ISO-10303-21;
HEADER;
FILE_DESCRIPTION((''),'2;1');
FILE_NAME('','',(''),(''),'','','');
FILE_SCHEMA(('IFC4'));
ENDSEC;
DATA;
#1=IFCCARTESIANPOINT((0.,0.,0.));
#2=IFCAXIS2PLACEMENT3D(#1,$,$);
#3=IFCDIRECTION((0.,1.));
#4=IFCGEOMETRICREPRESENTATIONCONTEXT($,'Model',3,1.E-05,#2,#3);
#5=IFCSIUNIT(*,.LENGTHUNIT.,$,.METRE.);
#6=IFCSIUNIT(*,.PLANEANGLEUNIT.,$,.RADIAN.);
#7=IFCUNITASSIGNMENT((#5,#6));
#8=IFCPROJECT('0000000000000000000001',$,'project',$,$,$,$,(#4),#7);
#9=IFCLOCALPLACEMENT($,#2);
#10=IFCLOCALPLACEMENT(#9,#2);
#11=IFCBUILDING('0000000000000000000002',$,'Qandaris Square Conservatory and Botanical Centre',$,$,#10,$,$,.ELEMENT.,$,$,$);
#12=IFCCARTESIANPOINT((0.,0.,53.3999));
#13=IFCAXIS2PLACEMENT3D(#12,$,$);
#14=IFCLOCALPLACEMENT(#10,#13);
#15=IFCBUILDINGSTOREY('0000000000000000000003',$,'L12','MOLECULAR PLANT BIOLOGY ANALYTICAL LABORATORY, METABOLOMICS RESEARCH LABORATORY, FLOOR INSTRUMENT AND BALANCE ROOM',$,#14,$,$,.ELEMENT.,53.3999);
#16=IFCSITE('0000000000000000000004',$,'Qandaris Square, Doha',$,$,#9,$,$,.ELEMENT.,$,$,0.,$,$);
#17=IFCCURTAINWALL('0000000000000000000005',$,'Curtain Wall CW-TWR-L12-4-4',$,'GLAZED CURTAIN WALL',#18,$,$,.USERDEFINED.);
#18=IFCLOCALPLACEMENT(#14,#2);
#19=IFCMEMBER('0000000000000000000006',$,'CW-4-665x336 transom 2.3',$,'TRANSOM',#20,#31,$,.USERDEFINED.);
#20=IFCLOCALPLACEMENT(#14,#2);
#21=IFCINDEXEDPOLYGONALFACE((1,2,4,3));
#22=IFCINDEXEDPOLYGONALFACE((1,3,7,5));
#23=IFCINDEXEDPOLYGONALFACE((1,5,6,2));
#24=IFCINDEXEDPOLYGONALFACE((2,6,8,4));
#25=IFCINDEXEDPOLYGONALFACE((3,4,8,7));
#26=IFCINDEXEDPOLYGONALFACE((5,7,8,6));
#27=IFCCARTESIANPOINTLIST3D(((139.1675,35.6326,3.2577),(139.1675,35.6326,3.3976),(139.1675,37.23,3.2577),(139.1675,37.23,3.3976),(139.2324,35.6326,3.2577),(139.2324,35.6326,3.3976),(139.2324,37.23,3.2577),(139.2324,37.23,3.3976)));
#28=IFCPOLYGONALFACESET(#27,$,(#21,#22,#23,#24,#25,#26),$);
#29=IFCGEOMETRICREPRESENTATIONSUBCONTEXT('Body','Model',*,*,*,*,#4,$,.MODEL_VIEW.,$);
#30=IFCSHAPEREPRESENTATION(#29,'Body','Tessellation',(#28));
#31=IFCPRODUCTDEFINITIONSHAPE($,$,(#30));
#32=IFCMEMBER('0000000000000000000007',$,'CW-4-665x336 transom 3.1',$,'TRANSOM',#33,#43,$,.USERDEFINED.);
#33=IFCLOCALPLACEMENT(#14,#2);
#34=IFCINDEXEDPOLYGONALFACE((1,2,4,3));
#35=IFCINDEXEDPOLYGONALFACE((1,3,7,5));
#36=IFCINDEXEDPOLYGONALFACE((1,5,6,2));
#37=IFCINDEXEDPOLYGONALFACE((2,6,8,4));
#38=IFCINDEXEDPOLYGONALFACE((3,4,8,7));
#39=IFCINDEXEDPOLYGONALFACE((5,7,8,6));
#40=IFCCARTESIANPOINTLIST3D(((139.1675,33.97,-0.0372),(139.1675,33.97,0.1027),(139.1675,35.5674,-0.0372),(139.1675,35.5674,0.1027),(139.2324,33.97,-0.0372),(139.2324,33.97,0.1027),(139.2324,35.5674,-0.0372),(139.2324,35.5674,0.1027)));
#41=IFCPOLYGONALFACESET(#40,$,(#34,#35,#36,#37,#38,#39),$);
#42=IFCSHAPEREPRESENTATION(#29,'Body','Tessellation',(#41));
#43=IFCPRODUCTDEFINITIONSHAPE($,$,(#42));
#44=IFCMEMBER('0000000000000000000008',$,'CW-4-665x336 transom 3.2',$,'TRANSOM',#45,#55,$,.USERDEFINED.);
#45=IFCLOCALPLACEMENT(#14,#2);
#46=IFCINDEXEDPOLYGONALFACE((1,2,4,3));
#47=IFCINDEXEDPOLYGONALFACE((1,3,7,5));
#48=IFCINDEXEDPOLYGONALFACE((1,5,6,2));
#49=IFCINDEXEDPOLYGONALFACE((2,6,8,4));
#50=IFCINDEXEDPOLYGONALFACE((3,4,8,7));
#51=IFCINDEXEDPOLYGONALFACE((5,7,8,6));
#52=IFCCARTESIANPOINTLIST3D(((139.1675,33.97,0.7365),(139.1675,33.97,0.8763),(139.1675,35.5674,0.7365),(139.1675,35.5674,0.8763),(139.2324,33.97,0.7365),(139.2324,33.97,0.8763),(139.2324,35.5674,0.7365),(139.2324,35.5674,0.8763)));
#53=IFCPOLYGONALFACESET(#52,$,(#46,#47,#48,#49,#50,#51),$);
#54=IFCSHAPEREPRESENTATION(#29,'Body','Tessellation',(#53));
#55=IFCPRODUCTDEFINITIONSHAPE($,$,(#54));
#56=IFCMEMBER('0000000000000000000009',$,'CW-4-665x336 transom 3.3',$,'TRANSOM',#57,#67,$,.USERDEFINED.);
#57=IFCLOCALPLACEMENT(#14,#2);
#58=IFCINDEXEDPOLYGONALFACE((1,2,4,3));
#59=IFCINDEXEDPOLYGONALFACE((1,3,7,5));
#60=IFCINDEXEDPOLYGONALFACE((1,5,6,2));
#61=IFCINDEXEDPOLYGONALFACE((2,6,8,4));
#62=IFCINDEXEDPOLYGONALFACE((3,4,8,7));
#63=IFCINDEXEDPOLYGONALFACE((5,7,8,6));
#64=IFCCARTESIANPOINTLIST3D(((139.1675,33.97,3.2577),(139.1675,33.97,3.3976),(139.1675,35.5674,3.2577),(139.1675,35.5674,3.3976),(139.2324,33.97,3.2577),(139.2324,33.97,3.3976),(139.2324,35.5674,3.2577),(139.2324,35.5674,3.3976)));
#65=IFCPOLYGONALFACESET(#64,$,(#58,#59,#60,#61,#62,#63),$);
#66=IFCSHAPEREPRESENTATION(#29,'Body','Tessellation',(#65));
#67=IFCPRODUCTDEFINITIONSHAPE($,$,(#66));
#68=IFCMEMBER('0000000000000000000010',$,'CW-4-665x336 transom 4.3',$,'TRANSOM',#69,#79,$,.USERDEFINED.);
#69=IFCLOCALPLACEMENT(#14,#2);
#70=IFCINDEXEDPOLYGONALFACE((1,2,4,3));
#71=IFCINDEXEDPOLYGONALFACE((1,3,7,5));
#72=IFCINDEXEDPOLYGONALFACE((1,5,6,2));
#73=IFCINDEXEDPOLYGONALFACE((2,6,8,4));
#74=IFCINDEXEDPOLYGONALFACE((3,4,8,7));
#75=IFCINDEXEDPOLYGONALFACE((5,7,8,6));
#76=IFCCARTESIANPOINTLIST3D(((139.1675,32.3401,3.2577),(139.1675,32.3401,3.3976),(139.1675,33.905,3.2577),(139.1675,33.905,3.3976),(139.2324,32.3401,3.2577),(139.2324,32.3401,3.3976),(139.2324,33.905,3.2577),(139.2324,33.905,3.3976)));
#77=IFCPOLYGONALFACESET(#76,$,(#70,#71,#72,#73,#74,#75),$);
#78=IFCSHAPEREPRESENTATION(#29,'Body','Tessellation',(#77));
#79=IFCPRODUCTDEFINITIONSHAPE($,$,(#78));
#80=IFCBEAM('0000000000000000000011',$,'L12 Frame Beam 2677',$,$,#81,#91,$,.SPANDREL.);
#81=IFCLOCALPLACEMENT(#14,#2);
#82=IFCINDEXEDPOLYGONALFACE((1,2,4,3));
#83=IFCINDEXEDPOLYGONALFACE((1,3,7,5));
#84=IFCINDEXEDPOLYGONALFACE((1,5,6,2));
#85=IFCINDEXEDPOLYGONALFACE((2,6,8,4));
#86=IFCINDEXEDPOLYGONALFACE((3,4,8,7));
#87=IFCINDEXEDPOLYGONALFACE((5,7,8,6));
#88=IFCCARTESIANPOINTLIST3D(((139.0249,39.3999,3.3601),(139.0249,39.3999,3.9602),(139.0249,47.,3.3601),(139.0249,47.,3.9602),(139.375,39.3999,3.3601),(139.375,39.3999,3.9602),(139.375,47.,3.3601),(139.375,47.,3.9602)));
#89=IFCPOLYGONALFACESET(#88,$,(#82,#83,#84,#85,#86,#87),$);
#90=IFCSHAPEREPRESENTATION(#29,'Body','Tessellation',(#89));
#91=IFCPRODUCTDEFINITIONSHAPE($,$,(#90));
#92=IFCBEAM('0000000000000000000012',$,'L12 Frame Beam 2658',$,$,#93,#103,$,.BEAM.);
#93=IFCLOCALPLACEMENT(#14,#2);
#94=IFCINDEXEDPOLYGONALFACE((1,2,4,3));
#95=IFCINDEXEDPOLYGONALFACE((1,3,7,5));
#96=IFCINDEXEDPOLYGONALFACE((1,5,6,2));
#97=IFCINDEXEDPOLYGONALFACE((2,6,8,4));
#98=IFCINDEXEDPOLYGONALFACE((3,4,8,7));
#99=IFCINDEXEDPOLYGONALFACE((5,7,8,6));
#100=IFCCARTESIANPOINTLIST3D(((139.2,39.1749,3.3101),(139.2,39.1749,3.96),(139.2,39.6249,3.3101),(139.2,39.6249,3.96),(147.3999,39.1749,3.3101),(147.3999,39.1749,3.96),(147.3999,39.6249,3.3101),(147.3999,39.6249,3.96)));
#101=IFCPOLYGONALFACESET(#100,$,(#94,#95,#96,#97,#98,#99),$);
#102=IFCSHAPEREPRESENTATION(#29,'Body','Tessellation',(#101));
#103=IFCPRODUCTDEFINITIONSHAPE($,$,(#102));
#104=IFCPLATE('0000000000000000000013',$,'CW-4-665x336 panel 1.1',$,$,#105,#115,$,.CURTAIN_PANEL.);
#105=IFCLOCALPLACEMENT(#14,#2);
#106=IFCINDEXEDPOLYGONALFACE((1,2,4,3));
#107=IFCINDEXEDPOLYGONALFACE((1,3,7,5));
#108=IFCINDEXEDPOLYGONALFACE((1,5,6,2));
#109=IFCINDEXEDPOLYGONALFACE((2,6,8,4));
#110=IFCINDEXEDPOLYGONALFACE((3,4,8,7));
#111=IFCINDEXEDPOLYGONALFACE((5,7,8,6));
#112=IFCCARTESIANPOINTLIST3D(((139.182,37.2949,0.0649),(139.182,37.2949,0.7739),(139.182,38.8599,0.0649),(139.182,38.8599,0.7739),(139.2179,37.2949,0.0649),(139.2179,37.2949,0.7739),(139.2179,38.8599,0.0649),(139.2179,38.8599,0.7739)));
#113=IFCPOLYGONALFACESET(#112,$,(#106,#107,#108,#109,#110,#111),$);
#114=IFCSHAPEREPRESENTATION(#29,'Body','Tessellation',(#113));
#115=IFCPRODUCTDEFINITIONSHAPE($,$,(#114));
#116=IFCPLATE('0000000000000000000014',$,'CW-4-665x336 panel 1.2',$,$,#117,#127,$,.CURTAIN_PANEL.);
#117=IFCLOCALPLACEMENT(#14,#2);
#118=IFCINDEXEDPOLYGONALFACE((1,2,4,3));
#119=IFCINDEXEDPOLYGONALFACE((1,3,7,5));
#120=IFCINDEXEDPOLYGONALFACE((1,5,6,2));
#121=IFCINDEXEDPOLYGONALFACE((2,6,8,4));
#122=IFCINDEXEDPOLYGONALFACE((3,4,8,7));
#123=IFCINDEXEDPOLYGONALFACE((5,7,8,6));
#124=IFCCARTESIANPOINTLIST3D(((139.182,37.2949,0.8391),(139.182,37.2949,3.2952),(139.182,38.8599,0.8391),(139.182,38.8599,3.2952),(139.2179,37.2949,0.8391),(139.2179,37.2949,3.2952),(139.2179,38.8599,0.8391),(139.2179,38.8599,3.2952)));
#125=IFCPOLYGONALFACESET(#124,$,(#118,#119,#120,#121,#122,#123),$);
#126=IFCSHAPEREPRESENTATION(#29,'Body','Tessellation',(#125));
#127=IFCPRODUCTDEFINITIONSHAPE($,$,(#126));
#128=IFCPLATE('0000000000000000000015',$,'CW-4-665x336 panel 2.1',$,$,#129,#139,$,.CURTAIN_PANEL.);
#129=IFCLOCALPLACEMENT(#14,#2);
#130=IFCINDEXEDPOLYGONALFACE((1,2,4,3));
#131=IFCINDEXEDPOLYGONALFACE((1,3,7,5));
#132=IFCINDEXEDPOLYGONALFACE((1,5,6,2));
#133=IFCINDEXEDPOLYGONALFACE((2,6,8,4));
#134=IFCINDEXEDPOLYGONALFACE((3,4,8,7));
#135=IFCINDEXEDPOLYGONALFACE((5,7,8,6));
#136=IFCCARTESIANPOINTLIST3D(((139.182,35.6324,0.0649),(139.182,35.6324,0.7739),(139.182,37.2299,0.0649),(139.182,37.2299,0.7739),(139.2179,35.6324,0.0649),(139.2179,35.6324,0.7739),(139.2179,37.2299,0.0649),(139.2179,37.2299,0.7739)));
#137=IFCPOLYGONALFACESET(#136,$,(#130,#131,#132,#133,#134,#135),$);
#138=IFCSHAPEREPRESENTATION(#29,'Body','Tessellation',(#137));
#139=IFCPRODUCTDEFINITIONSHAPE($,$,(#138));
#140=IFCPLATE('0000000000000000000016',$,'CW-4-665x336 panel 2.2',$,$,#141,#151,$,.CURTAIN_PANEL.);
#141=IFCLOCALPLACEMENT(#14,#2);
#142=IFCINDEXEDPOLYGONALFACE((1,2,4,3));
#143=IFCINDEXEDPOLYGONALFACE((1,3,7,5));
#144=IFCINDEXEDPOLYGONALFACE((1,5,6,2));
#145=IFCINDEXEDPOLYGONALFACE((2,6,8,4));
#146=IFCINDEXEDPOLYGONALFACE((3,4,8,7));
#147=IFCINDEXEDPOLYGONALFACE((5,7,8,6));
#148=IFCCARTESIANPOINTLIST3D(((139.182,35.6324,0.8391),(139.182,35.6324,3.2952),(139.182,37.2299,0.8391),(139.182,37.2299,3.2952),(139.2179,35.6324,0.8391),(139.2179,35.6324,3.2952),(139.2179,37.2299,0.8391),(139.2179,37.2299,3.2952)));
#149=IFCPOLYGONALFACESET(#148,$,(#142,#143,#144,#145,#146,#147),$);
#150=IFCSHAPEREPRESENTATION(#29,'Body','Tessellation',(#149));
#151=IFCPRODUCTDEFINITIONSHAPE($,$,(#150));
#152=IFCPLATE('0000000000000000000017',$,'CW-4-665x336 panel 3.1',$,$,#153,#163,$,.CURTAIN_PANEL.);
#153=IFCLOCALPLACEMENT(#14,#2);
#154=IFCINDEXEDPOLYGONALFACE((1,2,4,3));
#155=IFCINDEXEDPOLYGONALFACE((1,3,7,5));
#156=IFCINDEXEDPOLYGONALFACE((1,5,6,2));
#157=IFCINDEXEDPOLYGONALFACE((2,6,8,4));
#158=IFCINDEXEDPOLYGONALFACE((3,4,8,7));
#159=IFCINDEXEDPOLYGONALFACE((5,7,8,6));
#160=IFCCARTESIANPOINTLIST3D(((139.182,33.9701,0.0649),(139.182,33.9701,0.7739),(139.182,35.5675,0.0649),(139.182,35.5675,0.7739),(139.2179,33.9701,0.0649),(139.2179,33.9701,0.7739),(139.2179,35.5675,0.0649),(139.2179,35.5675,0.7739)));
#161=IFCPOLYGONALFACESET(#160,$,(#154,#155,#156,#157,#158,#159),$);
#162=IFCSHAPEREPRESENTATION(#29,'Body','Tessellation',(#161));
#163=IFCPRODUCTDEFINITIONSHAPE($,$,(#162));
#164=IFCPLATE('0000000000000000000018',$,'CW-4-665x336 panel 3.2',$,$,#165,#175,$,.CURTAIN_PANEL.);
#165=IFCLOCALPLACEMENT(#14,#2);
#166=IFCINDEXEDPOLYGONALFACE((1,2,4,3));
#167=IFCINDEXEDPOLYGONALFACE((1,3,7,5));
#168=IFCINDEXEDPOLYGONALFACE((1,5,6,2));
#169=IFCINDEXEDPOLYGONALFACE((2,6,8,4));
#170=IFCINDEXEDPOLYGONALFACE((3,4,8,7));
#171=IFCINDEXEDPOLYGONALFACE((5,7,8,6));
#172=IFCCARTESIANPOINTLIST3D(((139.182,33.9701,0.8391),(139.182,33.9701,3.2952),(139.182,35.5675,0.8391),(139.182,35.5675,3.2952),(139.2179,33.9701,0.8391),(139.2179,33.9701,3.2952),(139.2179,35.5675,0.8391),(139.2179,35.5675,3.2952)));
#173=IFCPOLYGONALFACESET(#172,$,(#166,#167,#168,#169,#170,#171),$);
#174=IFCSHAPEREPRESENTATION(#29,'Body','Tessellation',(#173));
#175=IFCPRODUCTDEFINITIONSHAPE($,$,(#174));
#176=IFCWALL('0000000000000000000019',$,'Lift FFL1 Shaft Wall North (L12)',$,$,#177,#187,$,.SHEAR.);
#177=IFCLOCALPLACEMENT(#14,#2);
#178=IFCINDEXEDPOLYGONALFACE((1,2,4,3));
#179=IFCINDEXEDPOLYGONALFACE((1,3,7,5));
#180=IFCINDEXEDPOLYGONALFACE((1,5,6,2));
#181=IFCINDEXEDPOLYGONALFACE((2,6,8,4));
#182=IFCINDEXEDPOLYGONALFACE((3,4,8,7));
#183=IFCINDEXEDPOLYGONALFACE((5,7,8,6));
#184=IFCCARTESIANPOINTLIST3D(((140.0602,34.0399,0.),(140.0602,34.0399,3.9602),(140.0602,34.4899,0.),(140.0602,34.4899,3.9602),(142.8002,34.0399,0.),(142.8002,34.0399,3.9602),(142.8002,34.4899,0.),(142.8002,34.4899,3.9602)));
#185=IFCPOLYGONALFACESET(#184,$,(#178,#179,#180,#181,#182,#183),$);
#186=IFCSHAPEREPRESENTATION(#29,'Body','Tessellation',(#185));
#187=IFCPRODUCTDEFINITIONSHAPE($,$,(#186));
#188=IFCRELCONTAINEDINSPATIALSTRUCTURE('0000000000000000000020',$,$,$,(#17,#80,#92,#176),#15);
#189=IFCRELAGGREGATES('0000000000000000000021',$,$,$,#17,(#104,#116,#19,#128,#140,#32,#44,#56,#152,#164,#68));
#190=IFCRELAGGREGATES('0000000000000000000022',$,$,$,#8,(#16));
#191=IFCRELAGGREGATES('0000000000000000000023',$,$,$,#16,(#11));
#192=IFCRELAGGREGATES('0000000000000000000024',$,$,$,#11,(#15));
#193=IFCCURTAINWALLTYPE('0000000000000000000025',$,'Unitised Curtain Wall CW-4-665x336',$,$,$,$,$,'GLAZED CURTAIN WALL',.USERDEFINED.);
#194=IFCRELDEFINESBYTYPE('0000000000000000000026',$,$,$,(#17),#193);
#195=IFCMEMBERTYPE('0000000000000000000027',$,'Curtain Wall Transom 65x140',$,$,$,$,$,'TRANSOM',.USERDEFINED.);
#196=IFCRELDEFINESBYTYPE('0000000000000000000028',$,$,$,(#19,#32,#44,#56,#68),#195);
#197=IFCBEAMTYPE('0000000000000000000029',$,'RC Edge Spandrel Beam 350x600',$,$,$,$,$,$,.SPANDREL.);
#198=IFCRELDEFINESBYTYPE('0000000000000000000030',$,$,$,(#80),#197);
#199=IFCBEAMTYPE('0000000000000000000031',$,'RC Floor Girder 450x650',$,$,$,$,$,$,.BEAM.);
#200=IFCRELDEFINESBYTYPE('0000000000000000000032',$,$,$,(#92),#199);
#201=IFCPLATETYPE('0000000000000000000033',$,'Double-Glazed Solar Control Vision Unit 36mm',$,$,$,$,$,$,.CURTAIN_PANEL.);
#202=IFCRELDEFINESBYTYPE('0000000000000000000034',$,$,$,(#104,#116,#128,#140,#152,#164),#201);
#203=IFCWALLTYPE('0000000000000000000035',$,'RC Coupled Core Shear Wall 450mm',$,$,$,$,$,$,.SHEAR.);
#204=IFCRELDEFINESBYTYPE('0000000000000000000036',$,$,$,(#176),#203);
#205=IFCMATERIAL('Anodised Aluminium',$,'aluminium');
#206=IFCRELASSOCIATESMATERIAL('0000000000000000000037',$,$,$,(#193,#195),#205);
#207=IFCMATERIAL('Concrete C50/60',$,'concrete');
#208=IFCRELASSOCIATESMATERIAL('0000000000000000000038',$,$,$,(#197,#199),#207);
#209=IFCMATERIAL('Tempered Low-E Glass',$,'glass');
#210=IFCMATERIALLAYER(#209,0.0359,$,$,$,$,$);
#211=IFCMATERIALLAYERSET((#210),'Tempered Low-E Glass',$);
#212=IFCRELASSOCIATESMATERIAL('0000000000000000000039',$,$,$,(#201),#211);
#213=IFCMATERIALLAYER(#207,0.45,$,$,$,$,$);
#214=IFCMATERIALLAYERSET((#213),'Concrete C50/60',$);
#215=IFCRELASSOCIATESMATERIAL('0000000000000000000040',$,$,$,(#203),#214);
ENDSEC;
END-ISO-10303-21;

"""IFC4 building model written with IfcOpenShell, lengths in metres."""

from ifc_helpers import new_model, si_unit, direction, frame, frame_2d, origin, origin_2d, place, context, subcontext, project, spatial, rectangle, extrude, material, layer, layer_set, material_profile, profile_set, type_object, element, aggregate, save


model = new_model("IFC4")

# Units and contexts
model_context = context("Model", 3, precision=1e-05, world=origin(), true_north=direction((0.0, 1.0)))
body_context = subcontext(model_context, "Body", "Model", "MODEL_VIEW")
ifc_project = project(units=[si_unit("LENGTHUNIT", "METRE"), si_unit("PLANEANGLEUNIT", "RADIAN")], contexts=[model_context])

# Site, building, storey
site_placement = place(None, origin())
site = spatial("IfcSite", under=ifc_project, at=site_placement, Name="Qandaris Square, Doha", CompositionType="ELEMENT", RefElevation=0.0)
building_placement = place(site_placement, origin())
building = spatial("IfcBuilding", under=site, at=building_placement, Name="Qandaris Square Conservatory and Botanical Centre", CompositionType="ELEMENT")
storey_placement = place(building_placement, frame((0.0, 0.0, 53.3999)))
storey = spatial("IfcBuildingStorey", under=building, at=storey_placement, Name="L12", Description="MOLECULAR PLANT BIOLOGY ANALYTICAL LABORATORY, METABOLOMICS RESEARCH LABORATORY, FLOOR INSTRUMENT AND BALANCE ROOM", CompositionType="ELEMENT", Elevation=53.3999)

# Shared definitions
ifc_material_1 = material(Name="Concrete C50/60", Category="concrete")

# Curtain wall, members
ifc_material_2 = material(Name="Anodised Aluminium", Category="aluminium")
curtain_wall_type = type_object("IfcCurtainWallType", Name="Unitised Curtain Wall CW-4-665x336", ElementType="GLAZED CURTAIN WALL", PredefinedType="USERDEFINED", material=ifc_material_2)
curtain_wall_placement = place(storey_placement, origin())
curtain_wall = element("IfcCurtainWall", 1, at=curtain_wall_placement, inside=storey, type_object=curtain_wall_type, Name="Curtain Wall CW-TWR-L12-4-4", ObjectType="GLAZED CURTAIN WALL", PredefinedType="USERDEFINED")
ifc_material_profile_1 = material_profile(ifc_material_2, rectangle(XDim=0.0649, YDim=0.1399, at=origin_2d()), Name="ALU-TRN 65x140")
ifc_profile_set_1 = profile_set([ifc_material_profile_1], Name="Anodised Aluminium")
member_type_1 = type_object("IfcMemberType", Name="Curtain Wall Transom 65x140", ElementType="TRANSOM", PredefinedType="USERDEFINED", material=ifc_profile_set_1)
member_1_placement = place(storey_placement, frame((139.2, 37.23, 3.3276), z_axis=(0.0, -1.0, 0.0), x_axis=(1.0, 0.0, 0.0)))
member_1 = element("IfcMember", 2, at=member_1_placement, type_object=member_type_1, Name="CW-4-665x336 transom 2.3", ObjectType="TRANSOM", PredefinedType="USERDEFINED", context=body_context, shape_type="SweptSolid", body=[
    extrude(rectangle(XDim=0.0649, YDim=0.1399, at=origin_2d()), origin(), (0.0, 0.0, 1.0), 1.5974),
])
member_2_placement = place(storey_placement, frame((139.2, 35.5674, 0.0327), z_axis=(0.0, -1.0, 0.0), x_axis=(1.0, 0.0, 0.0)))
member_2 = element("IfcMember", 3, at=member_2_placement, type_object=member_type_1, Name="CW-4-665x336 transom 3.1", ObjectType="TRANSOM", PredefinedType="USERDEFINED", context=body_context, shape_type="SweptSolid", body=[
    extrude(rectangle(XDim=0.0649, YDim=0.1399, at=origin_2d()), origin(), (0.0, 0.0, 1.0), 1.5974),
])
member_3_placement = place(storey_placement, frame((139.2, 35.5674, 0.8064), z_axis=(0.0, -1.0, 0.0), x_axis=(1.0, 0.0, 0.0)))
member_3 = element("IfcMember", 4, at=member_3_placement, type_object=member_type_1, Name="CW-4-665x336 transom 3.2", ObjectType="TRANSOM", PredefinedType="USERDEFINED", context=body_context, shape_type="SweptSolid", body=[
    extrude(rectangle(XDim=0.0649, YDim=0.1399, at=origin_2d()), origin(), (0.0, 0.0, 1.0), 1.5974),
])
member_4_placement = place(storey_placement, frame((139.2, 35.5674, 3.3276), z_axis=(0.0, -1.0, 0.0), x_axis=(1.0, 0.0, 0.0)))
member_4 = element("IfcMember", 5, at=member_4_placement, type_object=member_type_1, Name="CW-4-665x336 transom 3.3", ObjectType="TRANSOM", PredefinedType="USERDEFINED", context=body_context, shape_type="SweptSolid", body=[
    extrude(rectangle(XDim=0.0649, YDim=0.1399, at=origin_2d()), origin(), (0.0, 0.0, 1.0), 1.5974),
])
member_5_placement = place(storey_placement, frame((139.2, 33.905, 3.3276), z_axis=(0.0, -1.0, 0.0), x_axis=(1.0, 0.0, 0.0)))
member_5 = element("IfcMember", 6, at=member_5_placement, type_object=member_type_1, Name="CW-4-665x336 transom 4.3", ObjectType="TRANSOM", PredefinedType="USERDEFINED", context=body_context, shape_type="SweptSolid", body=[
    extrude(rectangle(XDim=0.0649, YDim=0.1399, at=origin_2d()), origin(), (0.0, 0.0, 1.0), 1.5649),
])

# Beams
ifc_material_profile_2 = material_profile(ifc_material_1, rectangle(XDim=0.3501, YDim=0.6001, at=origin_2d()), Name="RC-SP 350x600")
ifc_profile_set_2 = profile_set([ifc_material_profile_2], Name="Concrete C50/60")
beam_type_1 = type_object("IfcBeamType", Name="RC Edge Spandrel Beam 350x600", PredefinedType="SPANDREL", material=ifc_profile_set_2)
beam_1_placement = place(storey_placement, frame((139.2, 39.3999, 3.6602), z_axis=(0.0, 1.0, 0.0), x_axis=(-1.0, 0.0, 0.0)))
element("IfcBeam", 7, at=beam_1_placement, inside=storey, type_object=beam_type_1, Name="L12 Frame Beam 2677", PredefinedType="SPANDREL", context=body_context, shape_type="SweptSolid", body=[
    extrude(rectangle(XDim=0.3501, YDim=0.6001, at=origin_2d()), origin(), (0.0, 0.0, 1.0), 7.6001),
])
ifc_material_profile_3 = material_profile(ifc_material_1, rectangle(XDim=0.45, YDim=0.6499, at=origin_2d()), Name="RC-BM 450x650")
ifc_profile_set_3 = profile_set([ifc_material_profile_3], Name="Concrete C50/60")
beam_type_2 = type_object("IfcBeamType", Name="RC Floor Girder 450x650", PredefinedType="BEAM", material=ifc_profile_set_3)
beam_2_placement = place(storey_placement, frame((139.2, 39.3999, 3.635), z_axis=(1.0, 0.0, 0.0), x_axis=(0.0, 1.0, 0.0)))
element("IfcBeam", 8, at=beam_2_placement, inside=storey, type_object=beam_type_2, Name="L12 Frame Beam 2658", PredefinedType="BEAM", context=body_context, shape_type="SweptSolid", body=[
    extrude(rectangle(XDim=0.45, YDim=0.6499, at=origin_2d()), origin(), (0.0, 0.0, 1.0), 8.2),
])

# Plates
ifc_material_3 = material(Name="Tempered Low-E Glass", Category="glass")
ifc_layer_1 = layer(ifc_material_3, 0.0359)
ifc_layer_set_1 = layer_set([ifc_layer_1], Name="Tempered Low-E Glass")
plate_type = type_object("IfcPlateType", Name="Double-Glazed Solar Control Vision Unit 36mm", PredefinedType="CURTAIN_PANEL", material=ifc_layer_set_1)
plate_1_placement = place(storey_placement, frame((139.2, 38.0774, 0.0649), z_axis=(0.0, 0.0, 1.0), x_axis=(0.0, -1.0, 0.0)))
plate_1 = element("IfcPlate", 9, at=plate_1_placement, type_object=plate_type, Name="CW-4-665x336 panel 1.1", PredefinedType="CURTAIN_PANEL", context=body_context, shape_type="SweptSolid", body=[
    extrude(rectangle(XDim=1.5649, YDim=0.0359, at=origin_2d()), origin(), (0.0, 0.0, 1.0), 0.709),
])
plate_2_placement = place(storey_placement, frame((139.2, 38.0774, 0.8391), z_axis=(0.0, 0.0, 1.0), x_axis=(0.0, -1.0, 0.0)))
plate_2 = element("IfcPlate", 10, at=plate_2_placement, type_object=plate_type, Name="CW-4-665x336 panel 1.2", PredefinedType="CURTAIN_PANEL", context=body_context, shape_type="SweptSolid", body=[
    extrude(rectangle(XDim=1.5649, YDim=0.0359, at=origin_2d()), origin(), (0.0, 0.0, 1.0), 2.4561),
])
plate_3_placement = place(storey_placement, frame((139.2, 36.4312, 0.0649), z_axis=(0.0, 0.0, 1.0), x_axis=(0.0, -1.0, 0.0)))
plate_3 = element("IfcPlate", 11, at=plate_3_placement, type_object=plate_type, Name="CW-4-665x336 panel 2.1", PredefinedType="CURTAIN_PANEL", context=body_context, shape_type="SweptSolid", body=[
    extrude(rectangle(XDim=1.5974, YDim=0.0359, at=origin_2d()), origin(), (0.0, 0.0, 1.0), 0.709),
])
plate_4_placement = place(storey_placement, frame((139.2, 36.4312, 0.8391), z_axis=(0.0, 0.0, 1.0), x_axis=(0.0, -1.0, 0.0)))
plate_4 = element("IfcPlate", 12, at=plate_4_placement, type_object=plate_type, Name="CW-4-665x336 panel 2.2", PredefinedType="CURTAIN_PANEL", context=body_context, shape_type="SweptSolid", body=[
    extrude(rectangle(XDim=1.5974, YDim=0.0359, at=origin_2d()), origin(), (0.0, 0.0, 1.0), 2.4561),
])
plate_5_placement = place(storey_placement, frame((139.2, 34.7688, 0.0649), z_axis=(0.0, 0.0, 1.0), x_axis=(0.0, -1.0, 0.0)))
plate_5 = element("IfcPlate", 13, at=plate_5_placement, type_object=plate_type, Name="CW-4-665x336 panel 3.1", PredefinedType="CURTAIN_PANEL", context=body_context, shape_type="SweptSolid", body=[
    extrude(rectangle(XDim=1.5974, YDim=0.0359, at=origin_2d()), origin(), (0.0, 0.0, 1.0), 0.709),
])
plate_6_placement = place(storey_placement, frame((139.2, 34.7688, 0.8391), z_axis=(0.0, 0.0, 1.0), x_axis=(0.0, -1.0, 0.0)))
plate_6 = element("IfcPlate", 14, at=plate_6_placement, type_object=plate_type, Name="CW-4-665x336 panel 3.2", PredefinedType="CURTAIN_PANEL", context=body_context, shape_type="SweptSolid", body=[
    extrude(rectangle(XDim=1.5974, YDim=0.0359, at=origin_2d()), origin(), (0.0, 0.0, 1.0), 2.4561),
])
aggregate(curtain_wall, [plate_1, plate_2, member_1, plate_3, plate_4, member_2, member_3, member_4, plate_5, plate_6, member_5])

# Wall
ifc_layer_2 = layer(ifc_material_1, 0.45)
ifc_layer_set_2 = layer_set([ifc_layer_2], Name="Concrete C50/60")
wall_type = type_object("IfcWallType", Name="RC Coupled Core Shear Wall 450mm", PredefinedType="SHEAR", material=ifc_layer_set_2)
for number, where, z_axis, x_axis, name in (
    (15, (140.0601, 34.2649, 0.0), (0.0, 0.0, 1.0), (1.0, 0.0, 0.0), "Lift FFL1 Shaft Wall North (L12)"),
):
    element("IfcWall", number, at=place(storey_placement, frame(where, z_axis=z_axis, x_axis=x_axis)), inside=storey, type_object=wall_type, Name=name, PredefinedType="SHEAR", context=body_context, shape_type="SweptSolid", body=[
        extrude(rectangle(XDim=2.74, YDim=0.45, at=frame_2d((1.3701, 0.0))), origin(), (0.0, 0.0, 1.0), 3.9602),
    ])

save(model, "model.ifc")
